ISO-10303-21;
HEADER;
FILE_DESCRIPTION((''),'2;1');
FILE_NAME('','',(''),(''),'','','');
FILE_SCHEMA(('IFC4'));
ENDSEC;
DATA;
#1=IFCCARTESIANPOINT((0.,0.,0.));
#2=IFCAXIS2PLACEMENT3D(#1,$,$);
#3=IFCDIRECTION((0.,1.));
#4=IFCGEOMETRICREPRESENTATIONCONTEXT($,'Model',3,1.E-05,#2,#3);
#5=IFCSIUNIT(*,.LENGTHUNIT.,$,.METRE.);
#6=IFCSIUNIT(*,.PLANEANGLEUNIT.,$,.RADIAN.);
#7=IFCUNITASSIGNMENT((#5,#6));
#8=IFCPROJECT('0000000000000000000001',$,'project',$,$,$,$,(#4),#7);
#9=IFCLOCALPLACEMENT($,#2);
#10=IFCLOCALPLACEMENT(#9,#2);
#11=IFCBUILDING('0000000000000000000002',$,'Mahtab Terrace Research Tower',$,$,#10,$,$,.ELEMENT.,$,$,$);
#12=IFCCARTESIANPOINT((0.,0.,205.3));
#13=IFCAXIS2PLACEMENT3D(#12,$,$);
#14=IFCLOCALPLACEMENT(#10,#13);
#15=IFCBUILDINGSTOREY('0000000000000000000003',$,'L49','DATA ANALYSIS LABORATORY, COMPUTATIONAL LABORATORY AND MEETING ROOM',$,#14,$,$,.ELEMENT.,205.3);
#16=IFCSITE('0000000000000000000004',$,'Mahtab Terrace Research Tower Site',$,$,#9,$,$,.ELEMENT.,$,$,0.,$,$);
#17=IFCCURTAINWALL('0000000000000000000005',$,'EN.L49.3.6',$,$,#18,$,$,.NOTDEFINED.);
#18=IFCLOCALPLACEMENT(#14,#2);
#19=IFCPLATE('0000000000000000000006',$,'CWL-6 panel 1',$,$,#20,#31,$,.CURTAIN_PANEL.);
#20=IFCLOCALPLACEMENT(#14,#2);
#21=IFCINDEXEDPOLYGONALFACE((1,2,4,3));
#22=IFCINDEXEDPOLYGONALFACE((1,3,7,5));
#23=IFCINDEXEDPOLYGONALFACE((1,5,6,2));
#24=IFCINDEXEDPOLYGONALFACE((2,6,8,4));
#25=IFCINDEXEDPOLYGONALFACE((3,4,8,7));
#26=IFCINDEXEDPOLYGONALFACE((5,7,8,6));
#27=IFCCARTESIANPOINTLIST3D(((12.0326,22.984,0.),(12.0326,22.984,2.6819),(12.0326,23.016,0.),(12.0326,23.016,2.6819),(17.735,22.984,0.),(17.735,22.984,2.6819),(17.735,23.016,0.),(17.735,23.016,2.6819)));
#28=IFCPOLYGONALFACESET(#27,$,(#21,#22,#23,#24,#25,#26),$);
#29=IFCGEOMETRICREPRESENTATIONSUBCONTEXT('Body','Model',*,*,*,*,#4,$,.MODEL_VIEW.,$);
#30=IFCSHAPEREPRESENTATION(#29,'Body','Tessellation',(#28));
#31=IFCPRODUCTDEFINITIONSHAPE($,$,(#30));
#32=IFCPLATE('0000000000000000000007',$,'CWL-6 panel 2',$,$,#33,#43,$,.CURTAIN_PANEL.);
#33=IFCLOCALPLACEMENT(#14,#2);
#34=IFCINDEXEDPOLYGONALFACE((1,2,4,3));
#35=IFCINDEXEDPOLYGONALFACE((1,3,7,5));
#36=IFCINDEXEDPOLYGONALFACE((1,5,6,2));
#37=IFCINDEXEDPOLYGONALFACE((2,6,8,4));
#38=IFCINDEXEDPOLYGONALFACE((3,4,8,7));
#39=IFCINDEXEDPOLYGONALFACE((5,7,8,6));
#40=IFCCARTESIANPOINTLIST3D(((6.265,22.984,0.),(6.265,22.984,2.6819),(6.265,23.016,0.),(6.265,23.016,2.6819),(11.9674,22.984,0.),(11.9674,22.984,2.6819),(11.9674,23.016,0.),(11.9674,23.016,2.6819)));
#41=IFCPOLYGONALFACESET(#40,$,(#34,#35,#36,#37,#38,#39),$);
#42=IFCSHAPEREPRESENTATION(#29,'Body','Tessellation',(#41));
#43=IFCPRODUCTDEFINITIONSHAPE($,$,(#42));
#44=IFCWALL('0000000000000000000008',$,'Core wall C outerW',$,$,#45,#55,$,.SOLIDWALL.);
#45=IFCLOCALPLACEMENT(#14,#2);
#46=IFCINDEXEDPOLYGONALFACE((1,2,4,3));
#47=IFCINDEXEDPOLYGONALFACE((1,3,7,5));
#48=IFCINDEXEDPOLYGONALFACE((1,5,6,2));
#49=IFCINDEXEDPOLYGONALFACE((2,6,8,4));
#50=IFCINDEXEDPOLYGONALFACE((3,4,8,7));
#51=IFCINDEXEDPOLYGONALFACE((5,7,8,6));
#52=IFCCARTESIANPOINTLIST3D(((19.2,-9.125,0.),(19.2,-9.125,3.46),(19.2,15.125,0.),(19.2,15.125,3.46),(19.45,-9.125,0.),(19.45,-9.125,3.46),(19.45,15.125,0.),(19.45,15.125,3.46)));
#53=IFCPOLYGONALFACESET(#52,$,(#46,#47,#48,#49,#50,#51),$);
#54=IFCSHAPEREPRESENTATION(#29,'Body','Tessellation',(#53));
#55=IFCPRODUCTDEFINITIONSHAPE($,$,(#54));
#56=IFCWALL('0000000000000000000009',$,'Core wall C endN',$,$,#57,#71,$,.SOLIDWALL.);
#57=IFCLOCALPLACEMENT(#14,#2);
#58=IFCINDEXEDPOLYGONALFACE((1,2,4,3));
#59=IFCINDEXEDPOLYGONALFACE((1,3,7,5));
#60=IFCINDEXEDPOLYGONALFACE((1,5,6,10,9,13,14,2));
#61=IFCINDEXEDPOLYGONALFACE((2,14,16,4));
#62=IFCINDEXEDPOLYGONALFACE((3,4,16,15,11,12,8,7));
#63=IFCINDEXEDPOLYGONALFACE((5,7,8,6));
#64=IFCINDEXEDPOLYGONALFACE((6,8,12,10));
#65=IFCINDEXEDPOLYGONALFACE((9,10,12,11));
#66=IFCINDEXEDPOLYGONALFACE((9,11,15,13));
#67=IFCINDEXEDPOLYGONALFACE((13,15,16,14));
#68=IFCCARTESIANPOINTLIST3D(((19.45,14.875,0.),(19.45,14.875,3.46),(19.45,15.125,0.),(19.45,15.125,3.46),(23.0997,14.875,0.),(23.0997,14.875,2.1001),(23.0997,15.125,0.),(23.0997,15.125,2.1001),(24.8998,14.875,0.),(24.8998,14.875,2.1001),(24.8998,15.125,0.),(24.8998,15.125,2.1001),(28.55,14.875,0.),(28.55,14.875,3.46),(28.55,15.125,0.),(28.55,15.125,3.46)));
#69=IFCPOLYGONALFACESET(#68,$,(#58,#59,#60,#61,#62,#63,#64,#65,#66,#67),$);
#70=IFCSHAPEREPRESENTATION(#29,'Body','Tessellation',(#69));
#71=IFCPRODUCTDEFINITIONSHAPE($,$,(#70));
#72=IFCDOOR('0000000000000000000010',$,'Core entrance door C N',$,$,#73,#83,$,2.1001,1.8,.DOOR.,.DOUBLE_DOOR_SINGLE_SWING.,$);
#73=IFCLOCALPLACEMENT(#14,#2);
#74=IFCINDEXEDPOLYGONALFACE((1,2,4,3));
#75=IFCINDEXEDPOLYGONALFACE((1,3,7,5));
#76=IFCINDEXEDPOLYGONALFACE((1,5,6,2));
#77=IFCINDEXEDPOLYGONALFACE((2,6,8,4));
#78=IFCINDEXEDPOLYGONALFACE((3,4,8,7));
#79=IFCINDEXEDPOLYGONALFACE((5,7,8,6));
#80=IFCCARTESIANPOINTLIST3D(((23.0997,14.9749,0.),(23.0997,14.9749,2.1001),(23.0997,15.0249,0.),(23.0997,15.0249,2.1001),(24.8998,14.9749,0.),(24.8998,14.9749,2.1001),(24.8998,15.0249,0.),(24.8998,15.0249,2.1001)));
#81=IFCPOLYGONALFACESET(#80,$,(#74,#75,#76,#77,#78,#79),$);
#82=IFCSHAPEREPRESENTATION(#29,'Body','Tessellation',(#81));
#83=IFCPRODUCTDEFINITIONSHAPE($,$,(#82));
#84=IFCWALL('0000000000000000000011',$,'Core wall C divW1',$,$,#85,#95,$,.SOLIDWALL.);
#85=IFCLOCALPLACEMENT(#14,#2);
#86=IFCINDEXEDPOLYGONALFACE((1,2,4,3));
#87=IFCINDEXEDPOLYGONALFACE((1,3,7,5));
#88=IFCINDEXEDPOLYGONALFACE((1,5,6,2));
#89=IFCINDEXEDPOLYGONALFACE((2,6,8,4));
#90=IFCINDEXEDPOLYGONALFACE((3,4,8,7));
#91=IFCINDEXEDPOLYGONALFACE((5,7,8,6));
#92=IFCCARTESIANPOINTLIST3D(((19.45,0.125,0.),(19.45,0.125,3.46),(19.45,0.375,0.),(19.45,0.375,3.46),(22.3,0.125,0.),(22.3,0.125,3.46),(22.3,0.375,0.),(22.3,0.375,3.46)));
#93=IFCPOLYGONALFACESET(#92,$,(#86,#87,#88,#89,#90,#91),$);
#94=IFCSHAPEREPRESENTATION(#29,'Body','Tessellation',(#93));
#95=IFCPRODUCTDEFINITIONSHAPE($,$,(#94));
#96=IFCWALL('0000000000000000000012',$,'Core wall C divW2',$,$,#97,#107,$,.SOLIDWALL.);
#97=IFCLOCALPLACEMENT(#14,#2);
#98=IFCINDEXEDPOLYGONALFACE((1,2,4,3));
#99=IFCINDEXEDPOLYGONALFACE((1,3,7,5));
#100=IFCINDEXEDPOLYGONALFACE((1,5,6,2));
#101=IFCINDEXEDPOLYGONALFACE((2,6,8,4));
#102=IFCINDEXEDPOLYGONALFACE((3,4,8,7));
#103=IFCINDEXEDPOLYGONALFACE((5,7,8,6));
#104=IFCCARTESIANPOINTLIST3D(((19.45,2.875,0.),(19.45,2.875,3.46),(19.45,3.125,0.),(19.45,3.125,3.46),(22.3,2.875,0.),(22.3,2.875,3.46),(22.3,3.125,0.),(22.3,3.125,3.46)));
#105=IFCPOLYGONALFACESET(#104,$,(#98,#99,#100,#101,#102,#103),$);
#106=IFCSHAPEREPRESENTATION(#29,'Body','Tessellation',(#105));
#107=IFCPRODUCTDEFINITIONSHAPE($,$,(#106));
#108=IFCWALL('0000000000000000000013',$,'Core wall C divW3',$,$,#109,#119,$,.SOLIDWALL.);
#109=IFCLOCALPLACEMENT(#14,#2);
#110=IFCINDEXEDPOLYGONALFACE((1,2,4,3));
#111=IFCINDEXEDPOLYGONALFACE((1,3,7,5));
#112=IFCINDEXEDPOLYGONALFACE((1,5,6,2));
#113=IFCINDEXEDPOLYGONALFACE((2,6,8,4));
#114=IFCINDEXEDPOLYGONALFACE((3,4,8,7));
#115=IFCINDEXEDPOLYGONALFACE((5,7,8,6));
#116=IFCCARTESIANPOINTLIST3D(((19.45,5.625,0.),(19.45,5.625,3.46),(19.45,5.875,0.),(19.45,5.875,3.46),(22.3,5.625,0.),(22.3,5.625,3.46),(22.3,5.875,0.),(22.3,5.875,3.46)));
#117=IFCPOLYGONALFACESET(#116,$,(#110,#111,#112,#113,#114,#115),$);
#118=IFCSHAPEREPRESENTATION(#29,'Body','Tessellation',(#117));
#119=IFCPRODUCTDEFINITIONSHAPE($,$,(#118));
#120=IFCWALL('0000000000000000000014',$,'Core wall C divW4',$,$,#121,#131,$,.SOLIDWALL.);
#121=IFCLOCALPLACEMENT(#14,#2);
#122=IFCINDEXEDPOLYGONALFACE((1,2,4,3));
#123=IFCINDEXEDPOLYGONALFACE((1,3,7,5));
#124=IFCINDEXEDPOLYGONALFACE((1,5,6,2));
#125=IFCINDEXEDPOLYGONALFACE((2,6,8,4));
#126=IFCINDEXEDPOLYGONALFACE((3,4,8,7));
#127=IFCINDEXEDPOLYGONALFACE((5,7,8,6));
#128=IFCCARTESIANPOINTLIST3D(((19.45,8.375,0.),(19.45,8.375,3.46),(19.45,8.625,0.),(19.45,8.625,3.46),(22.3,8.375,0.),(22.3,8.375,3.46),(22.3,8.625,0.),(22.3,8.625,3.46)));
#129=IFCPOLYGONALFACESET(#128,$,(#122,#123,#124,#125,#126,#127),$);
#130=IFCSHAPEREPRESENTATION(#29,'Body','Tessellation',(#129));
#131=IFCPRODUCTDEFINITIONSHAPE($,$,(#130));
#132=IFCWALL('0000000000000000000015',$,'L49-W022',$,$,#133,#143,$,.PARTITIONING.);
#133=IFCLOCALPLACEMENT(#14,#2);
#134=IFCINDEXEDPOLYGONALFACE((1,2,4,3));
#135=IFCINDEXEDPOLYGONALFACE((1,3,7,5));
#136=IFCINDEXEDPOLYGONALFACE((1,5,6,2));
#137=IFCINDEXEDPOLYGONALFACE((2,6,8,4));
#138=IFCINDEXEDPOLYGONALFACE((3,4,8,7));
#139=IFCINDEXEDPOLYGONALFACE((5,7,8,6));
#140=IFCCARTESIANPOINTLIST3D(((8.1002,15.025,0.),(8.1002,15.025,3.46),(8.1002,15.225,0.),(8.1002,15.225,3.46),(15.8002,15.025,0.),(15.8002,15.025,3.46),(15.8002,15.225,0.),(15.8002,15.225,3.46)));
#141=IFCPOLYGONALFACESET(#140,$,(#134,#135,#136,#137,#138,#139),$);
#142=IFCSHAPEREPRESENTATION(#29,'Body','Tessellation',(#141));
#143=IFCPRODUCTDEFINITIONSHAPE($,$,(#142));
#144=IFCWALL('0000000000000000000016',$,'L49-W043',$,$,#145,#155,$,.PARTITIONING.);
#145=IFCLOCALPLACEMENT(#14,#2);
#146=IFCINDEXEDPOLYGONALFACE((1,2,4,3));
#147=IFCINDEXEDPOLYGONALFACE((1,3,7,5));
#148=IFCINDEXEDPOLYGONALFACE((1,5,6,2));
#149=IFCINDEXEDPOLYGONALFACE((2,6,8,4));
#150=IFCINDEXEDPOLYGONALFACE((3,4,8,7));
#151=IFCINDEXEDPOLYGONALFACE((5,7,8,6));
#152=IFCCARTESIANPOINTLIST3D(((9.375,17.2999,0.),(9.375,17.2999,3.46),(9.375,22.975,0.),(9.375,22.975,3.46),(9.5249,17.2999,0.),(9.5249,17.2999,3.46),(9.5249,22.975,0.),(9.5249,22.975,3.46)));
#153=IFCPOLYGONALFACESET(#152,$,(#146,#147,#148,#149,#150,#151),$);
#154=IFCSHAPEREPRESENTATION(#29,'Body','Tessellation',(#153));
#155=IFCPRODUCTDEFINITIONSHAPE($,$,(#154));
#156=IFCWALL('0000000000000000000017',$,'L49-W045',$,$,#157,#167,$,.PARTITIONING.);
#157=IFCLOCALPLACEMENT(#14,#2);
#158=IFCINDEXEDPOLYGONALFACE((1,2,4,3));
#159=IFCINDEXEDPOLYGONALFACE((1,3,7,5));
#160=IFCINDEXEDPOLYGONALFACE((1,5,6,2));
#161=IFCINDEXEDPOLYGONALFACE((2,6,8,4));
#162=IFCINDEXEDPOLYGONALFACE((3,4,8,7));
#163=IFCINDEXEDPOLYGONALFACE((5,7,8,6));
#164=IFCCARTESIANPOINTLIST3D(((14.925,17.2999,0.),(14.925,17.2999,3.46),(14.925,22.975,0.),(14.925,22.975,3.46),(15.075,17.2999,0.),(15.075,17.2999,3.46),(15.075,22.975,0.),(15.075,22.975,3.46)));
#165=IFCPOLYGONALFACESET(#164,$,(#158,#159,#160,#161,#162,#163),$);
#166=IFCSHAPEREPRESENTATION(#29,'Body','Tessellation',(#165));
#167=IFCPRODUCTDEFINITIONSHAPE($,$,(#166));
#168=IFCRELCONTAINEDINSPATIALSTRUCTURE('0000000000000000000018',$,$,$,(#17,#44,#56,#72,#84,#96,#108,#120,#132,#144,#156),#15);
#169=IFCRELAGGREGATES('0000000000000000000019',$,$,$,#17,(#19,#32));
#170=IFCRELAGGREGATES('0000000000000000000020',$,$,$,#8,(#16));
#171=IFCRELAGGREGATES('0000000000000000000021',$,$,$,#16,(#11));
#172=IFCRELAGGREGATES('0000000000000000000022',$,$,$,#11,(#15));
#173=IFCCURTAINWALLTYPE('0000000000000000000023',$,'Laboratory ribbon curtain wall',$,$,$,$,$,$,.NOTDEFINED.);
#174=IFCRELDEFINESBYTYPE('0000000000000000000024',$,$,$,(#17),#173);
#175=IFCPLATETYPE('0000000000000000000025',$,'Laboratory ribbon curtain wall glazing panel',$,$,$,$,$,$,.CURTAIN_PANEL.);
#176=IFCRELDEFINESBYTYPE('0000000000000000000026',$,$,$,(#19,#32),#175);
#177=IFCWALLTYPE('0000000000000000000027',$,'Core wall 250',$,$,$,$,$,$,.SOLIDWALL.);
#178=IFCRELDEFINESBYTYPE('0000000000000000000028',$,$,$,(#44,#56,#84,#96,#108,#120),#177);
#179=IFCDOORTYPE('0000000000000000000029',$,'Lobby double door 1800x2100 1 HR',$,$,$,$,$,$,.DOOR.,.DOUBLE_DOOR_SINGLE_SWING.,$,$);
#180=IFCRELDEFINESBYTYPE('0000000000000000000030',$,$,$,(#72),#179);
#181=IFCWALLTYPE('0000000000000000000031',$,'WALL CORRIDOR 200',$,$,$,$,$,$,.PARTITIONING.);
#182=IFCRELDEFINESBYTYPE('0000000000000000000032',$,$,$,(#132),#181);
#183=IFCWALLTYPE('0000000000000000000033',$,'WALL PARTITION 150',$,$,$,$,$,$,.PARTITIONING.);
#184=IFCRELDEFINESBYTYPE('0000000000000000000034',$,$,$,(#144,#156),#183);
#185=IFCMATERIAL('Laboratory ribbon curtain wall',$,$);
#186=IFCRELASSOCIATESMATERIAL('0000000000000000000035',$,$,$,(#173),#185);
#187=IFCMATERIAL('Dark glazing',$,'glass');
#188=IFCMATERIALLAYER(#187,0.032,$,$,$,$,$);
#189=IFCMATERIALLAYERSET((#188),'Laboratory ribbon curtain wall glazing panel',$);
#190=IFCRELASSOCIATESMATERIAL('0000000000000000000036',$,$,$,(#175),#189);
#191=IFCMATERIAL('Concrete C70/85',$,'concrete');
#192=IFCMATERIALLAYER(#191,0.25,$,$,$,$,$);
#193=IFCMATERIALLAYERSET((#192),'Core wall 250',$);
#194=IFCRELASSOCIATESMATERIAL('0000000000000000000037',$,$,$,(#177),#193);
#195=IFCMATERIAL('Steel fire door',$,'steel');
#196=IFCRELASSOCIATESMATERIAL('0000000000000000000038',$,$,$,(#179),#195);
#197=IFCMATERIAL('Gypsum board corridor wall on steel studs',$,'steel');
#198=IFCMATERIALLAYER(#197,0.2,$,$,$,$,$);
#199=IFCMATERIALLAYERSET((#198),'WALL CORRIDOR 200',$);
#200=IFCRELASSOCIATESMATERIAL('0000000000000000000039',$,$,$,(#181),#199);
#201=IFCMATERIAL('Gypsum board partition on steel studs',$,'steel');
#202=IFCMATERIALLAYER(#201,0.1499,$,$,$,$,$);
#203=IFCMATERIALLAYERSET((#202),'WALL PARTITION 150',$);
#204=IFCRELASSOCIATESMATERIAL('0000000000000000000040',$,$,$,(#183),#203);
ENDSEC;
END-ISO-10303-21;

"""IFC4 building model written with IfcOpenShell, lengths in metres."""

from ifc_helpers import new_model, si_unit, direction, frame, frame_2d, origin, origin_2d, place, context, subcontext, project, spatial, rectangle, extrude, material, layer, layer_set, type_object, element, fill, aggregate, save


model = new_model("IFC4")

# Units and contexts
model_context = context("Model", 3, precision=1e-05, world=origin(), true_north=direction((0.0, 1.0)))
body_context = subcontext(model_context, "Body", "Model", "MODEL_VIEW")
ifc_project = project(units=[si_unit("LENGTHUNIT", "METRE"), si_unit("PLANEANGLEUNIT", "RADIAN")], contexts=[model_context])

# Site, building, storey
site_placement = place(None, origin())
site = spatial("IfcSite", under=ifc_project, at=site_placement, Name="Mahtab Terrace Research Tower Site", CompositionType="ELEMENT", RefElevation=0.0)
building_placement = place(site_placement, origin())
building = spatial("IfcBuilding", under=site, at=building_placement, Name="Mahtab Terrace Research Tower", CompositionType="ELEMENT")
storey_placement = place(building_placement, frame((0.0, 0.0, 205.3)))
storey = spatial("IfcBuildingStorey", under=building, at=storey_placement, Name="L49", Description="DATA ANALYSIS LABORATORY, COMPUTATIONAL LABORATORY AND MEETING ROOM", CompositionType="ELEMENT", Elevation=205.3)

# Shared definitions
ifc_material_1 = material(Name="Concrete C70/85", Category="concrete")

# Shared definitions
ifc_material_2 = material(Name="Laboratory ribbon curtain wall")
curtain_wall_type = type_object("IfcCurtainWallType", Name="Laboratory ribbon curtain wall", PredefinedType="NOTDEFINED", material=ifc_material_2)

# Curtain wall
curtain_wall_1_placement = place(storey_placement, origin())
curtain_wall_1 = element("IfcCurtainWall", 1, at=curtain_wall_1_placement, inside=storey, type_object=curtain_wall_type, Name="EN.L49.3.6", PredefinedType="NOTDEFINED")

# Plates
ifc_material_3 = material(Name="Dark glazing", Category="glass")
ifc_layer_1 = layer(ifc_material_3, 0.032)
ifc_layer_set_1 = layer_set([ifc_layer_1], Name="Laboratory ribbon curtain wall glazing panel")
plate_type = type_object("IfcPlateType", Name="Laboratory ribbon curtain wall glazing panel", PredefinedType="CURTAIN_PANEL", material=ifc_layer_set_1)
plate_1_placement = place(storey_placement, frame((14.8838, 23.0, 0.0), z_axis=(0.0, 0.0, 1.0), x_axis=(-1.0, 0.0, 0.0)))
plate_1 = element("IfcPlate", 2, at=plate_1_placement, type_object=plate_type, Name="CWL-6 panel 1", PredefinedType="CURTAIN_PANEL", context=body_context, shape_type="SweptSolid", body=[
    extrude(rectangle(XDim=5.7024, YDim=0.032, at=origin_2d()), origin(), (0.0, 0.0, 1.0), 2.6819),
])
plate_2_placement = place(storey_placement, frame((9.1162, 23.0, 0.0), z_axis=(0.0, 0.0, 1.0), x_axis=(-1.0, 0.0, 0.0)))
plate_2 = element("IfcPlate", 3, at=plate_2_placement, type_object=plate_type, Name="CWL-6 panel 2", PredefinedType="CURTAIN_PANEL", context=body_context, shape_type="SweptSolid", body=[
    extrude(rectangle(XDim=5.7024, YDim=0.032, at=origin_2d()), origin(), (0.0, 0.0, 1.0), 2.6819),
])
aggregate(curtain_wall_1, [plate_1, plate_2])

# Wall
ifc_layer_2 = layer(ifc_material_1, 0.25)
ifc_layer_set_2 = layer_set([ifc_layer_2], Name="Core wall 250")
wall_type_1 = type_object("IfcWallType", Name="Core wall 250", PredefinedType="SOLIDWALL", material=ifc_layer_set_2)
wall_1_placement = place(storey_placement, frame((19.325, 15.125, 0.0), z_axis=(0.0, 0.0, 1.0), x_axis=(0.0, -1.0, 0.0)))
element("IfcWall", 4, at=wall_1_placement, inside=storey, type_object=wall_type_1, Name="Core wall C outerW", PredefinedType="SOLIDWALL", context=body_context, shape_type="SweptSolid", body=[
    extrude(rectangle(XDim=24.25, YDim=0.25, at=frame_2d((12.125, 0.0))), origin(), (0.0, 0.0, 1.0), 3.46),
])

# Wall, opening, door
wall_2_placement = place(storey_placement, frame((19.45, 15.0, 0.0), z_axis=(0.0, 0.0, 1.0), x_axis=(1.0, 0.0, 0.0)))
wall_2 = element("IfcWall", 5, at=wall_2_placement, inside=storey, type_object=wall_type_1, Name="Core wall C endN", PredefinedType="SOLIDWALL", context=body_context, shape_type="SweptSolid", body=[
    extrude(rectangle(XDim=9.1001, YDim=0.25, at=frame_2d((4.55, 0.0))), origin(), (0.0, 0.0, 1.0), 3.46),
])
opening_placement = place(wall_2_placement, frame((3.6499, 0.0, 0.0)))
opening = element("IfcOpeningElement", 6, at=opening_placement, cuts=wall_2, PredefinedType="OPENING", context=body_context, shape_type="SweptSolid", body=[
    extrude(rectangle(XDim=1.8, YDim=2.1001, at=frame_2d((0.8999, 1.05))), frame((0.0, 0.135, 0.0), z_axis=(0.0, -1.0, 0.0), x_axis=(1.0, 0.0, 0.0)), (0.0, 0.0, 1.0), 0.27),
])
ifc_material_4 = material(Name="Steel fire door", Category="steel")
door_type = type_object("IfcDoorType", Name="Lobby double door 1800x2100 1 HR", OperationType="DOUBLE_DOOR_SINGLE_SWING", PredefinedType="DOOR", material=ifc_material_4)
door_placement = place(opening_placement, origin())
door = element("IfcDoor", 7, at=door_placement, inside=storey, type_object=door_type, Name="Core entrance door C N", OperationType="DOUBLE_DOOR_SINGLE_SWING", OverallHeight=2.1001, OverallWidth=1.8, PredefinedType="DOOR", context=body_context, shape_type="SweptSolid", body=[
    extrude(rectangle(XDim=1.8, YDim=2.1001, at=frame_2d((0.8999, 1.05))), frame((0.0, 0.0249, 0.0), z_axis=(0.0, -1.0, 0.0), x_axis=(1.0, 0.0, 0.0)), (0.0, 0.0, 1.0), 0.05),
])
fill(opening, door)

# Walls
for number, where, z_axis, x_axis, name in (
    (8, (19.45, 0.25, 0.0), (0.0, 0.0, 1.0), (1.0, 0.0, 0.0), "Core wall C divW1"),
    (9, (19.45, 3.0, 0.0), (0.0, 0.0, 1.0), (1.0, 0.0, 0.0), "Core wall C divW2"),
    (10, (19.45, 5.75, 0.0), (0.0, 0.0, 1.0), (1.0, 0.0, 0.0), "Core wall C divW3"),
    (11, (19.45, 8.5, 0.0), (0.0, 0.0, 1.0), (1.0, 0.0, 0.0), "Core wall C divW4"),
):
    element("IfcWall", number, at=place(storey_placement, frame(where, z_axis=z_axis, x_axis=x_axis)), inside=storey, type_object=wall_type_1, Name=name, PredefinedType="SOLIDWALL", context=body_context, shape_type="SweptSolid", body=[
        extrude(rectangle(XDim=2.8501, YDim=0.25, at=frame_2d((1.425, 0.0))), origin(), (0.0, 0.0, 1.0), 3.46),
    ])
ifc_material_5 = material(Name="Gypsum board corridor wall on steel studs", Category="steel")
ifc_layer_3 = layer(ifc_material_5, 0.2)
ifc_layer_set_3 = layer_set([ifc_layer_3], Name="WALL CORRIDOR 200")
wall_type_2 = type_object("IfcWallType", Name="WALL CORRIDOR 200", PredefinedType="PARTITIONING", material=ifc_layer_set_3)
wall_3_placement = place(storey_placement, frame((8.1001, 15.125, 0.0), z_axis=(0.0, 0.0, 1.0), x_axis=(1.0, 0.0, 0.0)))
element("IfcWall", 12, at=wall_3_placement, inside=storey, type_object=wall_type_2, Name="L49-W022", PredefinedType="PARTITIONING", context=body_context, shape_type="SweptSolid", body=[
    extrude(rectangle(XDim=7.7, YDim=0.2, at=frame_2d((3.8501, 0.0))), origin(), (0.0, 0.0, 1.0), 3.46),
])
ifc_material_6 = material(Name="Gypsum board partition on steel studs", Category="steel")
ifc_layer_4 = layer(ifc_material_6, 0.1499)
ifc_layer_set_4 = layer_set([ifc_layer_4], Name="WALL PARTITION 150")
wall_type_3 = type_object("IfcWallType", Name="WALL PARTITION 150", PredefinedType="PARTITIONING", material=ifc_layer_set_4)
for number, where, z_axis, x_axis, name in (
    (13, (9.45, 17.3, 0.0), (0.0, 0.0, 1.0), (0.0, 1.0, 0.0), "L49-W043"),
    (14, (15.0, 17.3, 0.0), (0.0, 0.0, 1.0), (0.0, 1.0, 0.0), "L49-W045"),
):
    element("IfcWall", number, at=place(storey_placement, frame(where, z_axis=z_axis, x_axis=x_axis)), inside=storey, type_object=wall_type_3, Name=name, PredefinedType="PARTITIONING", context=body_context, shape_type="SweptSolid", body=[
        extrude(rectangle(XDim=5.675, YDim=0.1499, at=frame_2d((2.8374, 0.0))), origin(), (0.0, 0.0, 1.0), 3.46),
    ])

save(model, "model.ifc")
